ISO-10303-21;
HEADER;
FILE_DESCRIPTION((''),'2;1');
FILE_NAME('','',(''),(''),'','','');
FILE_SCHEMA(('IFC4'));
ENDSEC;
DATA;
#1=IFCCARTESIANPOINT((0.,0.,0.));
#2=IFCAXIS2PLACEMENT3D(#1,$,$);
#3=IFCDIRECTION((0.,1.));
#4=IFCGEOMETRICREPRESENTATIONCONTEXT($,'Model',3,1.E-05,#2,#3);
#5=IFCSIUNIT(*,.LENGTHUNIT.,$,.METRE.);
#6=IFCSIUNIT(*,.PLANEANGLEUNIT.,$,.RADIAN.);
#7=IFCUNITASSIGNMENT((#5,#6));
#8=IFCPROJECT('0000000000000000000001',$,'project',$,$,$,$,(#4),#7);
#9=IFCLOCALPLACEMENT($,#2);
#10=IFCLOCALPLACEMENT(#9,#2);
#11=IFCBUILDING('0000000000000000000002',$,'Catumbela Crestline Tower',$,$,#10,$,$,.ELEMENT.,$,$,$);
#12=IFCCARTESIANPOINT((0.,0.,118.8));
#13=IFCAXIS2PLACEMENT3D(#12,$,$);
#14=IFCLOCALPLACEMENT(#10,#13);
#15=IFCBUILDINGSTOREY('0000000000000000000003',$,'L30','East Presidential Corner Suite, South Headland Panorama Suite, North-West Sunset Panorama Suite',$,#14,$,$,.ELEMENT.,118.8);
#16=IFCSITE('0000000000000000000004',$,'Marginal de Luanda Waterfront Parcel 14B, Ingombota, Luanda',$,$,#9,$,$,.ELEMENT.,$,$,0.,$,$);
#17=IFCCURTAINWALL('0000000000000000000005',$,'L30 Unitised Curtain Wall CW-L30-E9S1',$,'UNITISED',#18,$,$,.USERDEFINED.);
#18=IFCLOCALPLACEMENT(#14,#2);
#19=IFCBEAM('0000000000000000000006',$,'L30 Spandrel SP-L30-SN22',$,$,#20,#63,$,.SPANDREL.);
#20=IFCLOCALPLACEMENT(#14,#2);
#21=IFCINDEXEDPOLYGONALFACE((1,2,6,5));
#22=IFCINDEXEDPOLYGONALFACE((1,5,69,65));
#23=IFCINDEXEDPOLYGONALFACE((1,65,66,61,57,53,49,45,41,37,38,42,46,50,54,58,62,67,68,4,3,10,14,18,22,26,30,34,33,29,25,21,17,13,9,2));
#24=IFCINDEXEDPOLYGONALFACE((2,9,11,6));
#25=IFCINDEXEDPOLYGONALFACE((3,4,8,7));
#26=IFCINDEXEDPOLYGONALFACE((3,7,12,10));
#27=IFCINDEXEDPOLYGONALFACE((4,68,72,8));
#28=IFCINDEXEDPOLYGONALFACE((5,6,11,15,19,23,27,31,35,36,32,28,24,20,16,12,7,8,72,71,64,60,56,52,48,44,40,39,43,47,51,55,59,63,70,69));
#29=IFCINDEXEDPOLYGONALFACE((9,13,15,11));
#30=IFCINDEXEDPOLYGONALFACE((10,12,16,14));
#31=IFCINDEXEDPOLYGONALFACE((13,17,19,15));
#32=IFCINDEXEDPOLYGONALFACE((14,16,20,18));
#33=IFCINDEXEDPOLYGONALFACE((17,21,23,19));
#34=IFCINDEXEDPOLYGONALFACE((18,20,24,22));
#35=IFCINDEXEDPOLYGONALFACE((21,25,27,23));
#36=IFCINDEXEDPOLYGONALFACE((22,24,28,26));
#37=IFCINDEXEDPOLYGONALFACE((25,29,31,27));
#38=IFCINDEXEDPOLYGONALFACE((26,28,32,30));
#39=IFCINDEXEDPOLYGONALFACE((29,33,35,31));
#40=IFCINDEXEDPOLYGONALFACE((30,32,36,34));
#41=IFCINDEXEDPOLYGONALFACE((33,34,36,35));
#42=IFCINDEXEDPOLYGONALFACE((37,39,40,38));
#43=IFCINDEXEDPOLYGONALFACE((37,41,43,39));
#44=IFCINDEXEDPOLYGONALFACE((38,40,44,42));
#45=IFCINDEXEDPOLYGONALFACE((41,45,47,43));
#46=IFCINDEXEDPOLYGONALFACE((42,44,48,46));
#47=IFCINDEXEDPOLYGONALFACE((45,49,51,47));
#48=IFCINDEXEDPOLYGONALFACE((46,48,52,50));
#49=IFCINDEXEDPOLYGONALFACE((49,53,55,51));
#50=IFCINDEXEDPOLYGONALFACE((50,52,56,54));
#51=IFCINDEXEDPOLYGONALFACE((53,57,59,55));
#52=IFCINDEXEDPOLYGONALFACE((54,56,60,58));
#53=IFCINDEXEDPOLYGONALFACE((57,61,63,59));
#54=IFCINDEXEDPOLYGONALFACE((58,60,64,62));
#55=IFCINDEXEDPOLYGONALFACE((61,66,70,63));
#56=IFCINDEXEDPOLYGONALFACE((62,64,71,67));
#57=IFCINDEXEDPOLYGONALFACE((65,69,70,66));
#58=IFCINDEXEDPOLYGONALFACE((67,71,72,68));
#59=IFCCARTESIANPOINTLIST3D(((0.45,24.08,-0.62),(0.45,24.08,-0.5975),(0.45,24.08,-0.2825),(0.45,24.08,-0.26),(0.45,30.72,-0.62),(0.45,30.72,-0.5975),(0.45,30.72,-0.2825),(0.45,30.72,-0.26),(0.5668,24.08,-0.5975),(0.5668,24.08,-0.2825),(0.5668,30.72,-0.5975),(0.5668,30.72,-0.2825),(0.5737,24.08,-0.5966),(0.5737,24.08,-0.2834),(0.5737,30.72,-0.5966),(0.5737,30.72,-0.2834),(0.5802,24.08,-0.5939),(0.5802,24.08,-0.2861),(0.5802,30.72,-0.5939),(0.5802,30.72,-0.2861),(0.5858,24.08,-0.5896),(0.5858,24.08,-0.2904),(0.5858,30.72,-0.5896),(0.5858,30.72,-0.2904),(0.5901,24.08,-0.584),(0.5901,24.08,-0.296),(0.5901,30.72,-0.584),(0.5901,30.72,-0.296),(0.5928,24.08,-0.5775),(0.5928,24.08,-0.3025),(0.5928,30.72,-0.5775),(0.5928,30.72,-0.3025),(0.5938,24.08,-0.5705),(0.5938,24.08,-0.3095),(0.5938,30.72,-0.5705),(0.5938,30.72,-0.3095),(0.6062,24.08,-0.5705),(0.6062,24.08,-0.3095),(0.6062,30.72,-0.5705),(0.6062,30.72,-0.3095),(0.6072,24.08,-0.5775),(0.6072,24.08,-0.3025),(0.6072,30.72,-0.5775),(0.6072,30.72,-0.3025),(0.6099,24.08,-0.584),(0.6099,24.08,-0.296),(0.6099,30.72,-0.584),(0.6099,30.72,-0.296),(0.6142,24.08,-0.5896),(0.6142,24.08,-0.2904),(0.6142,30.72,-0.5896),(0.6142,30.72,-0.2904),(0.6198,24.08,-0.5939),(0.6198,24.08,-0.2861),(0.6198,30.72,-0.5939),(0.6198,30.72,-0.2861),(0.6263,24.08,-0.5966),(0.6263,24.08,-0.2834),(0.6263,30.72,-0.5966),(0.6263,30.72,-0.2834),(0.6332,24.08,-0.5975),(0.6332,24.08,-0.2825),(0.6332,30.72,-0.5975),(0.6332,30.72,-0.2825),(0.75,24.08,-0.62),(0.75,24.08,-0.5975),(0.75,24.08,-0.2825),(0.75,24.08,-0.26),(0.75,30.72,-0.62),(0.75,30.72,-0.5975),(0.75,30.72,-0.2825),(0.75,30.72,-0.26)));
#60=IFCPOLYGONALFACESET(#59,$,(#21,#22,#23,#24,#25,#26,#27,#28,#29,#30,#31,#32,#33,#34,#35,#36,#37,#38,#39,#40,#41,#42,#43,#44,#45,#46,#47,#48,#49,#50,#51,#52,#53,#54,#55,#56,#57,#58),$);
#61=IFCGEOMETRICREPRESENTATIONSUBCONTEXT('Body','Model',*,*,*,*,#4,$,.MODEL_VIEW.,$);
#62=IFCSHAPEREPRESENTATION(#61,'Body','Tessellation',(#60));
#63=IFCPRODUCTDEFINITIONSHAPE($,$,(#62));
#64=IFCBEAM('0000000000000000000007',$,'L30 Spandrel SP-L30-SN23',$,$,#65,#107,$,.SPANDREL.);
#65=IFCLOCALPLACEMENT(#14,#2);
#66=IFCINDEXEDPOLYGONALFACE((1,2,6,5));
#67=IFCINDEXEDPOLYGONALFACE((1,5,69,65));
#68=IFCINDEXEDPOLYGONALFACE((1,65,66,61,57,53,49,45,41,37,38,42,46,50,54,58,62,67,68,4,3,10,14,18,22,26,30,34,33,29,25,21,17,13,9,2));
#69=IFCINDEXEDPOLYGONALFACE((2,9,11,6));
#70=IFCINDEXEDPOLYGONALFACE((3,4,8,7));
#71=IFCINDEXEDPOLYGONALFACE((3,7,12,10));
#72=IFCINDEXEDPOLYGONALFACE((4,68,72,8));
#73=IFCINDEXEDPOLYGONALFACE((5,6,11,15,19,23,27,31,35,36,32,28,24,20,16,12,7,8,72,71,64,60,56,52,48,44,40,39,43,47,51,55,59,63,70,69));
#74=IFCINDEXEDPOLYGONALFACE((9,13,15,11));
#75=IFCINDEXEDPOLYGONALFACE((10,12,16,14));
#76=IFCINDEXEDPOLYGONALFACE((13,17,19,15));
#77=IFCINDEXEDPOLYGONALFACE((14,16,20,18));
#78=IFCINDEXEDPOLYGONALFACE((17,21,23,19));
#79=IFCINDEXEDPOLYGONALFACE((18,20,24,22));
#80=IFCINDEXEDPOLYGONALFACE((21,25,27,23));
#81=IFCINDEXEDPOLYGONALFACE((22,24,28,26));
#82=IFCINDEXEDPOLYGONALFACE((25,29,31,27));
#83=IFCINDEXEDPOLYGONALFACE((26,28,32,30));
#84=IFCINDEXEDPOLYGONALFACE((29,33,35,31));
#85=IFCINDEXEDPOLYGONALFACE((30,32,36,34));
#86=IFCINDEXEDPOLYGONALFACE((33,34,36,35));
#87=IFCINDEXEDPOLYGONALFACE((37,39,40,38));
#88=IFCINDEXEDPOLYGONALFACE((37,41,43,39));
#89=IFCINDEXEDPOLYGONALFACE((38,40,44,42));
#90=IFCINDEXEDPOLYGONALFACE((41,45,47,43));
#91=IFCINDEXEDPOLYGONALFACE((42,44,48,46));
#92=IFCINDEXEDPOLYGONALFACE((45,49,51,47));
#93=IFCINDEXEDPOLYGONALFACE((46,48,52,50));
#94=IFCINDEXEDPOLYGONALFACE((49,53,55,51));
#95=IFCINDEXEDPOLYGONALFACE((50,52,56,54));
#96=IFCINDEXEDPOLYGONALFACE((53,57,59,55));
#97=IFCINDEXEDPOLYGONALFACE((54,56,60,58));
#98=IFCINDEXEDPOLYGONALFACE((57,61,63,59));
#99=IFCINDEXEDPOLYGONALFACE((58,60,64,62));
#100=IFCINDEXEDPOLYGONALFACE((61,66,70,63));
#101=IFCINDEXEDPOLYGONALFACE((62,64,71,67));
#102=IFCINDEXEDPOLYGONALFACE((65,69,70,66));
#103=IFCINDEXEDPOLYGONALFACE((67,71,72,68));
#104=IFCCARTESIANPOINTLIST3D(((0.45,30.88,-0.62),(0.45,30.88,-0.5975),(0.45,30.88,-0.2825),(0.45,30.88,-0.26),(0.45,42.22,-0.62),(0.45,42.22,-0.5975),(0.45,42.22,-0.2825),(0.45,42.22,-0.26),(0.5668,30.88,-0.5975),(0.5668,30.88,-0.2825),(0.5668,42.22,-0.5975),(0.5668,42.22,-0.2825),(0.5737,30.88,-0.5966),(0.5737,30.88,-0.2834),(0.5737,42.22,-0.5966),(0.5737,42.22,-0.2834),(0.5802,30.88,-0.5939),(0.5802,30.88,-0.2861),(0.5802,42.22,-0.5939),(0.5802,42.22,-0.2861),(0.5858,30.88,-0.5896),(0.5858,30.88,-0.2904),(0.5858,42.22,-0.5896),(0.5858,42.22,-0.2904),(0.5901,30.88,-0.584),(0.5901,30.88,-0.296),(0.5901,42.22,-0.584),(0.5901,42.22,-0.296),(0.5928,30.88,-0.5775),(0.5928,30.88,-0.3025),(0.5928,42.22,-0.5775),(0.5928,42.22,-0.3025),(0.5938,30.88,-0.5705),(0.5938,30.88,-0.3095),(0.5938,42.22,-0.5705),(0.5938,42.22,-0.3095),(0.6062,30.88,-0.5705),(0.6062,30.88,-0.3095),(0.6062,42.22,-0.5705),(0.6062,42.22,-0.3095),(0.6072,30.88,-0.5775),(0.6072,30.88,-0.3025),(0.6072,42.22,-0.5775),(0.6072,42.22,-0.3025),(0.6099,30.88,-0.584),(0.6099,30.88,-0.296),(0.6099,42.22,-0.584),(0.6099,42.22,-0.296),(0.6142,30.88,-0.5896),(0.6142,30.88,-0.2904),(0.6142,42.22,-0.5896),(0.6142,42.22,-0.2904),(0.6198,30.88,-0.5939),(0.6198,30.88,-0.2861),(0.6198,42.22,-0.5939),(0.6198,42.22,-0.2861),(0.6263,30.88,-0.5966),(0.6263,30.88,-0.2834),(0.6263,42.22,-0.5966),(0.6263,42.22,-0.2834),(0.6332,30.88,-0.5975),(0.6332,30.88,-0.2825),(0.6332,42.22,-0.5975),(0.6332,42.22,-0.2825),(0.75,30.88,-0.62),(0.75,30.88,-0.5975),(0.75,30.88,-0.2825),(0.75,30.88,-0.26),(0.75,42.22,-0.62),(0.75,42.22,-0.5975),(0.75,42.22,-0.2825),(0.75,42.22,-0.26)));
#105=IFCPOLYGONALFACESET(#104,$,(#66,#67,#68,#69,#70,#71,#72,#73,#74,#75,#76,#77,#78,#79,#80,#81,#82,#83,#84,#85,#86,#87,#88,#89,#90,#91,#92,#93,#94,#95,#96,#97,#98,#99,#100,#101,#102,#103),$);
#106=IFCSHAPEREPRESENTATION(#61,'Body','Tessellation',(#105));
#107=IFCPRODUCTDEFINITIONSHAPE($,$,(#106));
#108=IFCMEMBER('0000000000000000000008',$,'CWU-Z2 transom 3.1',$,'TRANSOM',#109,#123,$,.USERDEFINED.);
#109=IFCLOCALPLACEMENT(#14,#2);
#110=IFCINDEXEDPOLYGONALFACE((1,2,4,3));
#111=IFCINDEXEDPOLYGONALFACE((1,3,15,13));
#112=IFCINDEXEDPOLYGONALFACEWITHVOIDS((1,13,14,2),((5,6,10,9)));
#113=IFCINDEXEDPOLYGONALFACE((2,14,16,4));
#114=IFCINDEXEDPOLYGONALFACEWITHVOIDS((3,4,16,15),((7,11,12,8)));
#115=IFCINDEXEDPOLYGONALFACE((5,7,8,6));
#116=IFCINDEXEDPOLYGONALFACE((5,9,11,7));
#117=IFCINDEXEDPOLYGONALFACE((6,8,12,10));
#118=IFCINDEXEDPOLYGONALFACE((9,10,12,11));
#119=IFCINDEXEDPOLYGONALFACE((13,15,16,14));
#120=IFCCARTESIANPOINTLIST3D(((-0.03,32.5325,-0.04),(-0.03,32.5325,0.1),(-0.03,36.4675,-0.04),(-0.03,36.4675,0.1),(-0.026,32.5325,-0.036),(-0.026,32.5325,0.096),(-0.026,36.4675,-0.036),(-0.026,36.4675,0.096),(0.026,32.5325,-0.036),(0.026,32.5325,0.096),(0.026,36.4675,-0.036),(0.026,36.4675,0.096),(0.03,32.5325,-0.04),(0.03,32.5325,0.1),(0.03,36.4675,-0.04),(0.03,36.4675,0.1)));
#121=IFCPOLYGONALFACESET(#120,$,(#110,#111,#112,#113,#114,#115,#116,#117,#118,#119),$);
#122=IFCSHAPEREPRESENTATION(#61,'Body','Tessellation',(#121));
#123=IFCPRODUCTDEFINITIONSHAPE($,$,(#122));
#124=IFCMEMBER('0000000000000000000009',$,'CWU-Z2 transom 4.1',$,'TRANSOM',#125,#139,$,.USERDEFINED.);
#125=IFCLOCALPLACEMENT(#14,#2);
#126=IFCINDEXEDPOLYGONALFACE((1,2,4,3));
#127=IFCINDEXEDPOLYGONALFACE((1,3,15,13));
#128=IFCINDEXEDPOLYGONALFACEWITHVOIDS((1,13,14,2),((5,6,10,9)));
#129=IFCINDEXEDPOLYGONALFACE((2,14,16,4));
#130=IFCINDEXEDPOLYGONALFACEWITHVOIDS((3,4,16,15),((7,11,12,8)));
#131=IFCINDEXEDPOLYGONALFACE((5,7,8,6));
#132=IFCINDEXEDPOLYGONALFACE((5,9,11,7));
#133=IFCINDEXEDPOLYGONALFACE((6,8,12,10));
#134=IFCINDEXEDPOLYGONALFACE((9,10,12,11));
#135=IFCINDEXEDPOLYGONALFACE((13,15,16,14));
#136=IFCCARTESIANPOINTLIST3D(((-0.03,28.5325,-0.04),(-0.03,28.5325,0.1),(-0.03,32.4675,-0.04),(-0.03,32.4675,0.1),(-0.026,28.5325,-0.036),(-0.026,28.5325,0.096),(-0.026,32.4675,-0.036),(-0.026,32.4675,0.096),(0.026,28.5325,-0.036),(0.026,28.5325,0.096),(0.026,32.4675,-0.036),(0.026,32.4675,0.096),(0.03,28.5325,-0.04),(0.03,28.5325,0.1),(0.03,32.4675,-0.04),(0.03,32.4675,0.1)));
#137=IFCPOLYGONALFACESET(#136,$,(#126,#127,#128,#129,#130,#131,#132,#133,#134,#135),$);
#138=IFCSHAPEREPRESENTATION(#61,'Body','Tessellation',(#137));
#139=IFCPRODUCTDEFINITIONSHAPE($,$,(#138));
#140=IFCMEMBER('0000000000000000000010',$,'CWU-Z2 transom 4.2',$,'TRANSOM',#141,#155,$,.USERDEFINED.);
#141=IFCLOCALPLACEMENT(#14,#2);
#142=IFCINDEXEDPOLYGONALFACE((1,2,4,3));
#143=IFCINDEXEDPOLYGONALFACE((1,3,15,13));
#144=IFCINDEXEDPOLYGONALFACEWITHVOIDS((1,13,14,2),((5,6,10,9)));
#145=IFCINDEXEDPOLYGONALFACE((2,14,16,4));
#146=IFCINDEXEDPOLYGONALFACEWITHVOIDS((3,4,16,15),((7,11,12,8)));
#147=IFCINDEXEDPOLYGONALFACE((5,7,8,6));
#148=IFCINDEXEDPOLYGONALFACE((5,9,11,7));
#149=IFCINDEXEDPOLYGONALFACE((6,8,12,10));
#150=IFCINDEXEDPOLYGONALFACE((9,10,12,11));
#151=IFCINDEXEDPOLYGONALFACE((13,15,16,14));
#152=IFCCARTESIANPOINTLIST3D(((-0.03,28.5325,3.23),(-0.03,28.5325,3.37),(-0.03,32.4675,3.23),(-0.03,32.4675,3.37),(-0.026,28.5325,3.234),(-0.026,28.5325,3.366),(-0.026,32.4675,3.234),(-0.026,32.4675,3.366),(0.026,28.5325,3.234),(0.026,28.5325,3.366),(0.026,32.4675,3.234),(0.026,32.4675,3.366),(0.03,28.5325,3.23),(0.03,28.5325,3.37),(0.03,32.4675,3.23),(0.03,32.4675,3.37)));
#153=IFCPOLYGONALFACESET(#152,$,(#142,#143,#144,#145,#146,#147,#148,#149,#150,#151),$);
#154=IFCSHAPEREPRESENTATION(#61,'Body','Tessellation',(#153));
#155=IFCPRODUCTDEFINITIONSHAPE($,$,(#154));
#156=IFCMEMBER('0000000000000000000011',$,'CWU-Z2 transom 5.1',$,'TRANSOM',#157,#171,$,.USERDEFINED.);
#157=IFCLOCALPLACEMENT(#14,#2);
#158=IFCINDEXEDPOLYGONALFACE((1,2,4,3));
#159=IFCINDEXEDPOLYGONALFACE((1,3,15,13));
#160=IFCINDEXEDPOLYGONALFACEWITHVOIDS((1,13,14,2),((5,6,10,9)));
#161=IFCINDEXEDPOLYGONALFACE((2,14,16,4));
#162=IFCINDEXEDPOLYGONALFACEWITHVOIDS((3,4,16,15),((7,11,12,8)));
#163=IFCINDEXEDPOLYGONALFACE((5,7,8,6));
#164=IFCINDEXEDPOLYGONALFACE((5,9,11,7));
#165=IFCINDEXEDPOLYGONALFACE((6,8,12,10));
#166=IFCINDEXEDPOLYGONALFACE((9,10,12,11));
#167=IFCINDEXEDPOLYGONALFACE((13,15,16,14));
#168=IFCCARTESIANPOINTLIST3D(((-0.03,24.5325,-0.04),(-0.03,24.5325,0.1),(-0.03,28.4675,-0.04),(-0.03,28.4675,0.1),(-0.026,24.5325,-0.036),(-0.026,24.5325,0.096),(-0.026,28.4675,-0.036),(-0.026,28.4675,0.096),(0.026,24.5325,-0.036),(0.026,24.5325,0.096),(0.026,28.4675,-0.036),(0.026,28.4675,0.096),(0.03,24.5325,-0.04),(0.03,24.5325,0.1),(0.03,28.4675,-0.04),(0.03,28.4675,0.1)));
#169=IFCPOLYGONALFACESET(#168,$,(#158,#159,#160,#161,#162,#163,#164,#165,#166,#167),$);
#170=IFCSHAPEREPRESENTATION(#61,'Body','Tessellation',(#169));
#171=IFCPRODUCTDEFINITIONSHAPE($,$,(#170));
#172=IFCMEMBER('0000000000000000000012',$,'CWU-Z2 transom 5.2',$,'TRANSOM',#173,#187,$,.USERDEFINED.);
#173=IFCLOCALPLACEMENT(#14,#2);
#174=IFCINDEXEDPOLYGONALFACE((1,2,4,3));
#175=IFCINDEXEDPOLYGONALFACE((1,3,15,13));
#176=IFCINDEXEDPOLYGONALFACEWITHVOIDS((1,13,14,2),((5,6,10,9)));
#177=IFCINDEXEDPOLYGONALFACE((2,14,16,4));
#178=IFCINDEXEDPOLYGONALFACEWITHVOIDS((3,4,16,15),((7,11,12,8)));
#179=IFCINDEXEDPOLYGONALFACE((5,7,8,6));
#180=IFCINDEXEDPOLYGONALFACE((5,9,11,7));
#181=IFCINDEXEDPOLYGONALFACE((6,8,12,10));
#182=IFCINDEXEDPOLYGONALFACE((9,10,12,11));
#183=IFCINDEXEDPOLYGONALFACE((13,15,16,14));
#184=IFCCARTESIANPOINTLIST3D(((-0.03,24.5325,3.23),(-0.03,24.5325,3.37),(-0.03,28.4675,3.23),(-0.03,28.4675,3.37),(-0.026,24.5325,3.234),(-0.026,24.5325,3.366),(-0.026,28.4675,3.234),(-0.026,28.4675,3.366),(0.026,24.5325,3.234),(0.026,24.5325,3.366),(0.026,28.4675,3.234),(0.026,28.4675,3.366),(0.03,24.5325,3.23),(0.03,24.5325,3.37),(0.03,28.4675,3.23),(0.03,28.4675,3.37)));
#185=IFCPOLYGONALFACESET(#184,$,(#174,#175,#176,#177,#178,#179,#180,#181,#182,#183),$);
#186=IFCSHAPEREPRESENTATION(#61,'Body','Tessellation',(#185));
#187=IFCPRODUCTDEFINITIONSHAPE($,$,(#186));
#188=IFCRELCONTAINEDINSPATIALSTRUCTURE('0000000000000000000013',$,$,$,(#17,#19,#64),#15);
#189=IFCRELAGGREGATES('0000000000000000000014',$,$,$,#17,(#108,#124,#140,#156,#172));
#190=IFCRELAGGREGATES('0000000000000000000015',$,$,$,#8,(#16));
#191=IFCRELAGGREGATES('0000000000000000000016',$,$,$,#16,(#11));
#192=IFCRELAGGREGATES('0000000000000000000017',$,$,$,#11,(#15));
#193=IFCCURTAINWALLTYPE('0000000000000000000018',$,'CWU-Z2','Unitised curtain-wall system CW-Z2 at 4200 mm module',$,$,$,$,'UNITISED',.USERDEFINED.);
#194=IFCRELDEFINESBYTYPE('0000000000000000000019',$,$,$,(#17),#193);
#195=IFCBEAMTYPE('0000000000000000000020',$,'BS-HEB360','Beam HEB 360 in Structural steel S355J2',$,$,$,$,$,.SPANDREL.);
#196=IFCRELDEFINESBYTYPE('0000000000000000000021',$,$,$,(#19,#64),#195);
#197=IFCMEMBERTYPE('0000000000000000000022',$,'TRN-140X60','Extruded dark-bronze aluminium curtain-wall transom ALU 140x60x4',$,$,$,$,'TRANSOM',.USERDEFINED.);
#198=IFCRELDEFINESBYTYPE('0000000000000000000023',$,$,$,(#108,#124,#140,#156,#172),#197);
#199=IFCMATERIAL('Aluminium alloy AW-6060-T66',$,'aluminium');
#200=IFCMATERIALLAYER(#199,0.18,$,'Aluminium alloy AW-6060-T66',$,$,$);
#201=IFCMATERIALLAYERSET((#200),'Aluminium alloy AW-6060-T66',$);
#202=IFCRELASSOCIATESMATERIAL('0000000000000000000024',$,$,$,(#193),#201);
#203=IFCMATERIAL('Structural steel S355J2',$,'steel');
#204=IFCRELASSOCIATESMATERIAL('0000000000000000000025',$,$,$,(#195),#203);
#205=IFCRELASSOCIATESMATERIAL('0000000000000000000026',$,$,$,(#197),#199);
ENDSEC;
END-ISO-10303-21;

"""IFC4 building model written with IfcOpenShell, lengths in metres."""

from ifc_helpers import new_model, si_unit, direction, frame, origin, origin_2d, place, context, subcontext, project, spatial, hollow_rectangle, i_section, extrude, material, layer, layer_set, material_profile, profile_set, type_object, element, aggregate, save


model = new_model("IFC4")

# Units and contexts
model_context = context("Model", 3, precision=1e-05, world=origin(), true_north=direction((0.0, 1.0)))
body_context = subcontext(model_context, "Body", "Model", "MODEL_VIEW")
ifc_project = project(units=[si_unit("LENGTHUNIT", "METRE"), si_unit("PLANEANGLEUNIT", "RADIAN")], contexts=[model_context])

# Site, building, storey
site_placement = place(None, origin())
site = spatial("IfcSite", under=ifc_project, at=site_placement, Name="Marginal de Luanda Waterfront Parcel 14B, Ingombota, Luanda", CompositionType="ELEMENT", RefElevation=0.0)
building_placement = place(site_placement, origin())
building = spatial("IfcBuilding", under=site, at=building_placement, Name="Catumbela Crestline Tower", CompositionType="ELEMENT")
storey_placement = place(building_placement, frame((0.0, 0.0, 118.8)))
storey = spatial("IfcBuildingStorey", under=building, at=storey_placement, Name="L30", Description="East Presidential Corner Suite, South Headland Panorama Suite, North-West Sunset Panorama Suite", CompositionType="ELEMENT", Elevation=118.8)

# Curtain wall
ifc_material_1 = material(Name="Aluminium alloy AW-6060-T66", Category="aluminium")
ifc_layer_1 = layer(ifc_material_1, 0.18, Name="Aluminium alloy AW-6060-T66")
ifc_layer_set_1 = layer_set([ifc_layer_1], Name="Aluminium alloy AW-6060-T66")
curtain_wall_type = type_object("IfcCurtainWallType", Name="CWU-Z2", Description="Unitised curtain-wall system CW-Z2 at 4200 mm module", ElementType="UNITISED", PredefinedType="USERDEFINED", material=ifc_layer_set_1)
curtain_wall_placement = place(storey_placement, origin())
curtain_wall = element("IfcCurtainWall", 1, at=curtain_wall_placement, inside=storey, type_object=curtain_wall_type, Name="L30 Unitised Curtain Wall CW-L30-E9S1", ObjectType="UNITISED", PredefinedType="USERDEFINED")

# Beams
ifc_material_2 = material(Name="Structural steel S355J2", Category="steel")
ifc_material_profile_1 = material_profile(ifc_material_2, i_section(OverallWidth=0.3, OverallDepth=0.36, WebThickness=0.0125, FlangeThickness=0.0225, FilletRadius=0.027, at=origin_2d()), Name="HEB 360")
ifc_profile_set_1 = profile_set([ifc_material_profile_1], Name="Structural steel S355J2")
beam_type = type_object("IfcBeamType", Name="BS-HEB360", Description="Beam HEB 360 in Structural steel S355J2", PredefinedType="SPANDREL", material=ifc_profile_set_1)
beam_1_placement = place(storey_placement, frame((0.6, 24.08, -0.44), z_axis=(0.0, 1.0, 0.0), x_axis=(-1.0, 0.0, 0.0)))
element("IfcBeam", 2, at=beam_1_placement, inside=storey, type_object=beam_type, Name="L30 Spandrel SP-L30-SN22", PredefinedType="SPANDREL", context=body_context, shape_type="SweptSolid", body=[
    extrude(i_section(OverallWidth=0.3, OverallDepth=0.36, WebThickness=0.0125, FlangeThickness=0.0225, FilletRadius=0.027, at=origin_2d()), origin(), (0.0, 0.0, 1.0), 6.64),
])
beam_2_placement = place(storey_placement, frame((0.6, 30.88, -0.44), z_axis=(0.0, 1.0, 0.0), x_axis=(-1.0, 0.0, 0.0)))
element("IfcBeam", 3, at=beam_2_placement, inside=storey, type_object=beam_type, Name="L30 Spandrel SP-L30-SN23", PredefinedType="SPANDREL", context=body_context, shape_type="SweptSolid", body=[
    extrude(i_section(OverallWidth=0.3, OverallDepth=0.36, WebThickness=0.0125, FlangeThickness=0.0225, FilletRadius=0.027, at=origin_2d()), origin(), (0.0, 0.0, 1.0), 11.34),
])

# Members
ifc_material_profile_2 = material_profile(ifc_material_1, hollow_rectangle(XDim=0.06, YDim=0.14, WallThickness=0.004, at=origin_2d()), Name="ALU 140x60x4")
ifc_profile_set_2 = profile_set([ifc_material_profile_2], Name="Aluminium alloy AW-6060-T66")
member_type_1 = type_object("IfcMemberType", Name="TRN-140X60", Description="Extruded dark-bronze aluminium curtain-wall transom ALU 140x60x4", ElementType="TRANSOM", PredefinedType="USERDEFINED", material=ifc_profile_set_2)
member_1_placement = place(storey_placement, frame((0.0, 36.4675, 0.03), z_axis=(0.0, -1.0, 0.0), x_axis=(1.0, 0.0, 0.0)))
member_1 = element("IfcMember", 4, at=member_1_placement, type_object=member_type_1, Name="CWU-Z2 transom 3.1", ObjectType="TRANSOM", PredefinedType="USERDEFINED", context=body_context, shape_type="SweptSolid", body=[
    extrude(hollow_rectangle(XDim=0.06, YDim=0.14, WallThickness=0.004, at=origin_2d()), origin(), (0.0, 0.0, 1.0), 3.935),
])
member_2_placement = place(storey_placement, frame((0.0, 32.4675, 0.03), z_axis=(0.0, -1.0, 0.0), x_axis=(1.0, 0.0, 0.0)))
member_2 = element("IfcMember", 5, at=member_2_placement, type_object=member_type_1, Name="CWU-Z2 transom 4.1", ObjectType="TRANSOM", PredefinedType="USERDEFINED", context=body_context, shape_type="SweptSolid", body=[
    extrude(hollow_rectangle(XDim=0.06, YDim=0.14, WallThickness=0.004, at=origin_2d()), origin(), (0.0, 0.0, 1.0), 3.935),
])
member_3_placement = place(storey_placement, frame((0.0, 32.4675, 3.3), z_axis=(0.0, -1.0, 0.0), x_axis=(1.0, 0.0, 0.0)))
member_3 = element("IfcMember", 6, at=member_3_placement, type_object=member_type_1, Name="CWU-Z2 transom 4.2", ObjectType="TRANSOM", PredefinedType="USERDEFINED", context=body_context, shape_type="SweptSolid", body=[
    extrude(hollow_rectangle(XDim=0.06, YDim=0.14, WallThickness=0.004, at=origin_2d()), origin(), (0.0, 0.0, 1.0), 3.935),
])
member_4_placement = place(storey_placement, frame((0.0, 28.4675, 0.03), z_axis=(0.0, -1.0, 0.0), x_axis=(1.0, 0.0, 0.0)))
member_4 = element("IfcMember", 7, at=member_4_placement, type_object=member_type_1, Name="CWU-Z2 transom 5.1", ObjectType="TRANSOM", PredefinedType="USERDEFINED", context=body_context, shape_type="SweptSolid", body=[
    extrude(hollow_rectangle(XDim=0.06, YDim=0.14, WallThickness=0.004, at=origin_2d()), origin(), (0.0, 0.0, 1.0), 3.935),
])
member_5_placement = place(storey_placement, frame((0.0, 28.4675, 3.3), z_axis=(0.0, -1.0, 0.0), x_axis=(1.0, 0.0, 0.0)))
member_5 = element("IfcMember", 8, at=member_5_placement, type_object=member_type_1, Name="CWU-Z2 transom 5.2", ObjectType="TRANSOM", PredefinedType="USERDEFINED", context=body_context, shape_type="SweptSolid", body=[
    extrude(hollow_rectangle(XDim=0.06, YDim=0.14, WallThickness=0.004, at=origin_2d()), origin(), (0.0, 0.0, 1.0), 3.935),
])

aggregate(curtain_wall, [member_1, member_2, member_3, member_4, member_5])

save(model, "model.ifc")
